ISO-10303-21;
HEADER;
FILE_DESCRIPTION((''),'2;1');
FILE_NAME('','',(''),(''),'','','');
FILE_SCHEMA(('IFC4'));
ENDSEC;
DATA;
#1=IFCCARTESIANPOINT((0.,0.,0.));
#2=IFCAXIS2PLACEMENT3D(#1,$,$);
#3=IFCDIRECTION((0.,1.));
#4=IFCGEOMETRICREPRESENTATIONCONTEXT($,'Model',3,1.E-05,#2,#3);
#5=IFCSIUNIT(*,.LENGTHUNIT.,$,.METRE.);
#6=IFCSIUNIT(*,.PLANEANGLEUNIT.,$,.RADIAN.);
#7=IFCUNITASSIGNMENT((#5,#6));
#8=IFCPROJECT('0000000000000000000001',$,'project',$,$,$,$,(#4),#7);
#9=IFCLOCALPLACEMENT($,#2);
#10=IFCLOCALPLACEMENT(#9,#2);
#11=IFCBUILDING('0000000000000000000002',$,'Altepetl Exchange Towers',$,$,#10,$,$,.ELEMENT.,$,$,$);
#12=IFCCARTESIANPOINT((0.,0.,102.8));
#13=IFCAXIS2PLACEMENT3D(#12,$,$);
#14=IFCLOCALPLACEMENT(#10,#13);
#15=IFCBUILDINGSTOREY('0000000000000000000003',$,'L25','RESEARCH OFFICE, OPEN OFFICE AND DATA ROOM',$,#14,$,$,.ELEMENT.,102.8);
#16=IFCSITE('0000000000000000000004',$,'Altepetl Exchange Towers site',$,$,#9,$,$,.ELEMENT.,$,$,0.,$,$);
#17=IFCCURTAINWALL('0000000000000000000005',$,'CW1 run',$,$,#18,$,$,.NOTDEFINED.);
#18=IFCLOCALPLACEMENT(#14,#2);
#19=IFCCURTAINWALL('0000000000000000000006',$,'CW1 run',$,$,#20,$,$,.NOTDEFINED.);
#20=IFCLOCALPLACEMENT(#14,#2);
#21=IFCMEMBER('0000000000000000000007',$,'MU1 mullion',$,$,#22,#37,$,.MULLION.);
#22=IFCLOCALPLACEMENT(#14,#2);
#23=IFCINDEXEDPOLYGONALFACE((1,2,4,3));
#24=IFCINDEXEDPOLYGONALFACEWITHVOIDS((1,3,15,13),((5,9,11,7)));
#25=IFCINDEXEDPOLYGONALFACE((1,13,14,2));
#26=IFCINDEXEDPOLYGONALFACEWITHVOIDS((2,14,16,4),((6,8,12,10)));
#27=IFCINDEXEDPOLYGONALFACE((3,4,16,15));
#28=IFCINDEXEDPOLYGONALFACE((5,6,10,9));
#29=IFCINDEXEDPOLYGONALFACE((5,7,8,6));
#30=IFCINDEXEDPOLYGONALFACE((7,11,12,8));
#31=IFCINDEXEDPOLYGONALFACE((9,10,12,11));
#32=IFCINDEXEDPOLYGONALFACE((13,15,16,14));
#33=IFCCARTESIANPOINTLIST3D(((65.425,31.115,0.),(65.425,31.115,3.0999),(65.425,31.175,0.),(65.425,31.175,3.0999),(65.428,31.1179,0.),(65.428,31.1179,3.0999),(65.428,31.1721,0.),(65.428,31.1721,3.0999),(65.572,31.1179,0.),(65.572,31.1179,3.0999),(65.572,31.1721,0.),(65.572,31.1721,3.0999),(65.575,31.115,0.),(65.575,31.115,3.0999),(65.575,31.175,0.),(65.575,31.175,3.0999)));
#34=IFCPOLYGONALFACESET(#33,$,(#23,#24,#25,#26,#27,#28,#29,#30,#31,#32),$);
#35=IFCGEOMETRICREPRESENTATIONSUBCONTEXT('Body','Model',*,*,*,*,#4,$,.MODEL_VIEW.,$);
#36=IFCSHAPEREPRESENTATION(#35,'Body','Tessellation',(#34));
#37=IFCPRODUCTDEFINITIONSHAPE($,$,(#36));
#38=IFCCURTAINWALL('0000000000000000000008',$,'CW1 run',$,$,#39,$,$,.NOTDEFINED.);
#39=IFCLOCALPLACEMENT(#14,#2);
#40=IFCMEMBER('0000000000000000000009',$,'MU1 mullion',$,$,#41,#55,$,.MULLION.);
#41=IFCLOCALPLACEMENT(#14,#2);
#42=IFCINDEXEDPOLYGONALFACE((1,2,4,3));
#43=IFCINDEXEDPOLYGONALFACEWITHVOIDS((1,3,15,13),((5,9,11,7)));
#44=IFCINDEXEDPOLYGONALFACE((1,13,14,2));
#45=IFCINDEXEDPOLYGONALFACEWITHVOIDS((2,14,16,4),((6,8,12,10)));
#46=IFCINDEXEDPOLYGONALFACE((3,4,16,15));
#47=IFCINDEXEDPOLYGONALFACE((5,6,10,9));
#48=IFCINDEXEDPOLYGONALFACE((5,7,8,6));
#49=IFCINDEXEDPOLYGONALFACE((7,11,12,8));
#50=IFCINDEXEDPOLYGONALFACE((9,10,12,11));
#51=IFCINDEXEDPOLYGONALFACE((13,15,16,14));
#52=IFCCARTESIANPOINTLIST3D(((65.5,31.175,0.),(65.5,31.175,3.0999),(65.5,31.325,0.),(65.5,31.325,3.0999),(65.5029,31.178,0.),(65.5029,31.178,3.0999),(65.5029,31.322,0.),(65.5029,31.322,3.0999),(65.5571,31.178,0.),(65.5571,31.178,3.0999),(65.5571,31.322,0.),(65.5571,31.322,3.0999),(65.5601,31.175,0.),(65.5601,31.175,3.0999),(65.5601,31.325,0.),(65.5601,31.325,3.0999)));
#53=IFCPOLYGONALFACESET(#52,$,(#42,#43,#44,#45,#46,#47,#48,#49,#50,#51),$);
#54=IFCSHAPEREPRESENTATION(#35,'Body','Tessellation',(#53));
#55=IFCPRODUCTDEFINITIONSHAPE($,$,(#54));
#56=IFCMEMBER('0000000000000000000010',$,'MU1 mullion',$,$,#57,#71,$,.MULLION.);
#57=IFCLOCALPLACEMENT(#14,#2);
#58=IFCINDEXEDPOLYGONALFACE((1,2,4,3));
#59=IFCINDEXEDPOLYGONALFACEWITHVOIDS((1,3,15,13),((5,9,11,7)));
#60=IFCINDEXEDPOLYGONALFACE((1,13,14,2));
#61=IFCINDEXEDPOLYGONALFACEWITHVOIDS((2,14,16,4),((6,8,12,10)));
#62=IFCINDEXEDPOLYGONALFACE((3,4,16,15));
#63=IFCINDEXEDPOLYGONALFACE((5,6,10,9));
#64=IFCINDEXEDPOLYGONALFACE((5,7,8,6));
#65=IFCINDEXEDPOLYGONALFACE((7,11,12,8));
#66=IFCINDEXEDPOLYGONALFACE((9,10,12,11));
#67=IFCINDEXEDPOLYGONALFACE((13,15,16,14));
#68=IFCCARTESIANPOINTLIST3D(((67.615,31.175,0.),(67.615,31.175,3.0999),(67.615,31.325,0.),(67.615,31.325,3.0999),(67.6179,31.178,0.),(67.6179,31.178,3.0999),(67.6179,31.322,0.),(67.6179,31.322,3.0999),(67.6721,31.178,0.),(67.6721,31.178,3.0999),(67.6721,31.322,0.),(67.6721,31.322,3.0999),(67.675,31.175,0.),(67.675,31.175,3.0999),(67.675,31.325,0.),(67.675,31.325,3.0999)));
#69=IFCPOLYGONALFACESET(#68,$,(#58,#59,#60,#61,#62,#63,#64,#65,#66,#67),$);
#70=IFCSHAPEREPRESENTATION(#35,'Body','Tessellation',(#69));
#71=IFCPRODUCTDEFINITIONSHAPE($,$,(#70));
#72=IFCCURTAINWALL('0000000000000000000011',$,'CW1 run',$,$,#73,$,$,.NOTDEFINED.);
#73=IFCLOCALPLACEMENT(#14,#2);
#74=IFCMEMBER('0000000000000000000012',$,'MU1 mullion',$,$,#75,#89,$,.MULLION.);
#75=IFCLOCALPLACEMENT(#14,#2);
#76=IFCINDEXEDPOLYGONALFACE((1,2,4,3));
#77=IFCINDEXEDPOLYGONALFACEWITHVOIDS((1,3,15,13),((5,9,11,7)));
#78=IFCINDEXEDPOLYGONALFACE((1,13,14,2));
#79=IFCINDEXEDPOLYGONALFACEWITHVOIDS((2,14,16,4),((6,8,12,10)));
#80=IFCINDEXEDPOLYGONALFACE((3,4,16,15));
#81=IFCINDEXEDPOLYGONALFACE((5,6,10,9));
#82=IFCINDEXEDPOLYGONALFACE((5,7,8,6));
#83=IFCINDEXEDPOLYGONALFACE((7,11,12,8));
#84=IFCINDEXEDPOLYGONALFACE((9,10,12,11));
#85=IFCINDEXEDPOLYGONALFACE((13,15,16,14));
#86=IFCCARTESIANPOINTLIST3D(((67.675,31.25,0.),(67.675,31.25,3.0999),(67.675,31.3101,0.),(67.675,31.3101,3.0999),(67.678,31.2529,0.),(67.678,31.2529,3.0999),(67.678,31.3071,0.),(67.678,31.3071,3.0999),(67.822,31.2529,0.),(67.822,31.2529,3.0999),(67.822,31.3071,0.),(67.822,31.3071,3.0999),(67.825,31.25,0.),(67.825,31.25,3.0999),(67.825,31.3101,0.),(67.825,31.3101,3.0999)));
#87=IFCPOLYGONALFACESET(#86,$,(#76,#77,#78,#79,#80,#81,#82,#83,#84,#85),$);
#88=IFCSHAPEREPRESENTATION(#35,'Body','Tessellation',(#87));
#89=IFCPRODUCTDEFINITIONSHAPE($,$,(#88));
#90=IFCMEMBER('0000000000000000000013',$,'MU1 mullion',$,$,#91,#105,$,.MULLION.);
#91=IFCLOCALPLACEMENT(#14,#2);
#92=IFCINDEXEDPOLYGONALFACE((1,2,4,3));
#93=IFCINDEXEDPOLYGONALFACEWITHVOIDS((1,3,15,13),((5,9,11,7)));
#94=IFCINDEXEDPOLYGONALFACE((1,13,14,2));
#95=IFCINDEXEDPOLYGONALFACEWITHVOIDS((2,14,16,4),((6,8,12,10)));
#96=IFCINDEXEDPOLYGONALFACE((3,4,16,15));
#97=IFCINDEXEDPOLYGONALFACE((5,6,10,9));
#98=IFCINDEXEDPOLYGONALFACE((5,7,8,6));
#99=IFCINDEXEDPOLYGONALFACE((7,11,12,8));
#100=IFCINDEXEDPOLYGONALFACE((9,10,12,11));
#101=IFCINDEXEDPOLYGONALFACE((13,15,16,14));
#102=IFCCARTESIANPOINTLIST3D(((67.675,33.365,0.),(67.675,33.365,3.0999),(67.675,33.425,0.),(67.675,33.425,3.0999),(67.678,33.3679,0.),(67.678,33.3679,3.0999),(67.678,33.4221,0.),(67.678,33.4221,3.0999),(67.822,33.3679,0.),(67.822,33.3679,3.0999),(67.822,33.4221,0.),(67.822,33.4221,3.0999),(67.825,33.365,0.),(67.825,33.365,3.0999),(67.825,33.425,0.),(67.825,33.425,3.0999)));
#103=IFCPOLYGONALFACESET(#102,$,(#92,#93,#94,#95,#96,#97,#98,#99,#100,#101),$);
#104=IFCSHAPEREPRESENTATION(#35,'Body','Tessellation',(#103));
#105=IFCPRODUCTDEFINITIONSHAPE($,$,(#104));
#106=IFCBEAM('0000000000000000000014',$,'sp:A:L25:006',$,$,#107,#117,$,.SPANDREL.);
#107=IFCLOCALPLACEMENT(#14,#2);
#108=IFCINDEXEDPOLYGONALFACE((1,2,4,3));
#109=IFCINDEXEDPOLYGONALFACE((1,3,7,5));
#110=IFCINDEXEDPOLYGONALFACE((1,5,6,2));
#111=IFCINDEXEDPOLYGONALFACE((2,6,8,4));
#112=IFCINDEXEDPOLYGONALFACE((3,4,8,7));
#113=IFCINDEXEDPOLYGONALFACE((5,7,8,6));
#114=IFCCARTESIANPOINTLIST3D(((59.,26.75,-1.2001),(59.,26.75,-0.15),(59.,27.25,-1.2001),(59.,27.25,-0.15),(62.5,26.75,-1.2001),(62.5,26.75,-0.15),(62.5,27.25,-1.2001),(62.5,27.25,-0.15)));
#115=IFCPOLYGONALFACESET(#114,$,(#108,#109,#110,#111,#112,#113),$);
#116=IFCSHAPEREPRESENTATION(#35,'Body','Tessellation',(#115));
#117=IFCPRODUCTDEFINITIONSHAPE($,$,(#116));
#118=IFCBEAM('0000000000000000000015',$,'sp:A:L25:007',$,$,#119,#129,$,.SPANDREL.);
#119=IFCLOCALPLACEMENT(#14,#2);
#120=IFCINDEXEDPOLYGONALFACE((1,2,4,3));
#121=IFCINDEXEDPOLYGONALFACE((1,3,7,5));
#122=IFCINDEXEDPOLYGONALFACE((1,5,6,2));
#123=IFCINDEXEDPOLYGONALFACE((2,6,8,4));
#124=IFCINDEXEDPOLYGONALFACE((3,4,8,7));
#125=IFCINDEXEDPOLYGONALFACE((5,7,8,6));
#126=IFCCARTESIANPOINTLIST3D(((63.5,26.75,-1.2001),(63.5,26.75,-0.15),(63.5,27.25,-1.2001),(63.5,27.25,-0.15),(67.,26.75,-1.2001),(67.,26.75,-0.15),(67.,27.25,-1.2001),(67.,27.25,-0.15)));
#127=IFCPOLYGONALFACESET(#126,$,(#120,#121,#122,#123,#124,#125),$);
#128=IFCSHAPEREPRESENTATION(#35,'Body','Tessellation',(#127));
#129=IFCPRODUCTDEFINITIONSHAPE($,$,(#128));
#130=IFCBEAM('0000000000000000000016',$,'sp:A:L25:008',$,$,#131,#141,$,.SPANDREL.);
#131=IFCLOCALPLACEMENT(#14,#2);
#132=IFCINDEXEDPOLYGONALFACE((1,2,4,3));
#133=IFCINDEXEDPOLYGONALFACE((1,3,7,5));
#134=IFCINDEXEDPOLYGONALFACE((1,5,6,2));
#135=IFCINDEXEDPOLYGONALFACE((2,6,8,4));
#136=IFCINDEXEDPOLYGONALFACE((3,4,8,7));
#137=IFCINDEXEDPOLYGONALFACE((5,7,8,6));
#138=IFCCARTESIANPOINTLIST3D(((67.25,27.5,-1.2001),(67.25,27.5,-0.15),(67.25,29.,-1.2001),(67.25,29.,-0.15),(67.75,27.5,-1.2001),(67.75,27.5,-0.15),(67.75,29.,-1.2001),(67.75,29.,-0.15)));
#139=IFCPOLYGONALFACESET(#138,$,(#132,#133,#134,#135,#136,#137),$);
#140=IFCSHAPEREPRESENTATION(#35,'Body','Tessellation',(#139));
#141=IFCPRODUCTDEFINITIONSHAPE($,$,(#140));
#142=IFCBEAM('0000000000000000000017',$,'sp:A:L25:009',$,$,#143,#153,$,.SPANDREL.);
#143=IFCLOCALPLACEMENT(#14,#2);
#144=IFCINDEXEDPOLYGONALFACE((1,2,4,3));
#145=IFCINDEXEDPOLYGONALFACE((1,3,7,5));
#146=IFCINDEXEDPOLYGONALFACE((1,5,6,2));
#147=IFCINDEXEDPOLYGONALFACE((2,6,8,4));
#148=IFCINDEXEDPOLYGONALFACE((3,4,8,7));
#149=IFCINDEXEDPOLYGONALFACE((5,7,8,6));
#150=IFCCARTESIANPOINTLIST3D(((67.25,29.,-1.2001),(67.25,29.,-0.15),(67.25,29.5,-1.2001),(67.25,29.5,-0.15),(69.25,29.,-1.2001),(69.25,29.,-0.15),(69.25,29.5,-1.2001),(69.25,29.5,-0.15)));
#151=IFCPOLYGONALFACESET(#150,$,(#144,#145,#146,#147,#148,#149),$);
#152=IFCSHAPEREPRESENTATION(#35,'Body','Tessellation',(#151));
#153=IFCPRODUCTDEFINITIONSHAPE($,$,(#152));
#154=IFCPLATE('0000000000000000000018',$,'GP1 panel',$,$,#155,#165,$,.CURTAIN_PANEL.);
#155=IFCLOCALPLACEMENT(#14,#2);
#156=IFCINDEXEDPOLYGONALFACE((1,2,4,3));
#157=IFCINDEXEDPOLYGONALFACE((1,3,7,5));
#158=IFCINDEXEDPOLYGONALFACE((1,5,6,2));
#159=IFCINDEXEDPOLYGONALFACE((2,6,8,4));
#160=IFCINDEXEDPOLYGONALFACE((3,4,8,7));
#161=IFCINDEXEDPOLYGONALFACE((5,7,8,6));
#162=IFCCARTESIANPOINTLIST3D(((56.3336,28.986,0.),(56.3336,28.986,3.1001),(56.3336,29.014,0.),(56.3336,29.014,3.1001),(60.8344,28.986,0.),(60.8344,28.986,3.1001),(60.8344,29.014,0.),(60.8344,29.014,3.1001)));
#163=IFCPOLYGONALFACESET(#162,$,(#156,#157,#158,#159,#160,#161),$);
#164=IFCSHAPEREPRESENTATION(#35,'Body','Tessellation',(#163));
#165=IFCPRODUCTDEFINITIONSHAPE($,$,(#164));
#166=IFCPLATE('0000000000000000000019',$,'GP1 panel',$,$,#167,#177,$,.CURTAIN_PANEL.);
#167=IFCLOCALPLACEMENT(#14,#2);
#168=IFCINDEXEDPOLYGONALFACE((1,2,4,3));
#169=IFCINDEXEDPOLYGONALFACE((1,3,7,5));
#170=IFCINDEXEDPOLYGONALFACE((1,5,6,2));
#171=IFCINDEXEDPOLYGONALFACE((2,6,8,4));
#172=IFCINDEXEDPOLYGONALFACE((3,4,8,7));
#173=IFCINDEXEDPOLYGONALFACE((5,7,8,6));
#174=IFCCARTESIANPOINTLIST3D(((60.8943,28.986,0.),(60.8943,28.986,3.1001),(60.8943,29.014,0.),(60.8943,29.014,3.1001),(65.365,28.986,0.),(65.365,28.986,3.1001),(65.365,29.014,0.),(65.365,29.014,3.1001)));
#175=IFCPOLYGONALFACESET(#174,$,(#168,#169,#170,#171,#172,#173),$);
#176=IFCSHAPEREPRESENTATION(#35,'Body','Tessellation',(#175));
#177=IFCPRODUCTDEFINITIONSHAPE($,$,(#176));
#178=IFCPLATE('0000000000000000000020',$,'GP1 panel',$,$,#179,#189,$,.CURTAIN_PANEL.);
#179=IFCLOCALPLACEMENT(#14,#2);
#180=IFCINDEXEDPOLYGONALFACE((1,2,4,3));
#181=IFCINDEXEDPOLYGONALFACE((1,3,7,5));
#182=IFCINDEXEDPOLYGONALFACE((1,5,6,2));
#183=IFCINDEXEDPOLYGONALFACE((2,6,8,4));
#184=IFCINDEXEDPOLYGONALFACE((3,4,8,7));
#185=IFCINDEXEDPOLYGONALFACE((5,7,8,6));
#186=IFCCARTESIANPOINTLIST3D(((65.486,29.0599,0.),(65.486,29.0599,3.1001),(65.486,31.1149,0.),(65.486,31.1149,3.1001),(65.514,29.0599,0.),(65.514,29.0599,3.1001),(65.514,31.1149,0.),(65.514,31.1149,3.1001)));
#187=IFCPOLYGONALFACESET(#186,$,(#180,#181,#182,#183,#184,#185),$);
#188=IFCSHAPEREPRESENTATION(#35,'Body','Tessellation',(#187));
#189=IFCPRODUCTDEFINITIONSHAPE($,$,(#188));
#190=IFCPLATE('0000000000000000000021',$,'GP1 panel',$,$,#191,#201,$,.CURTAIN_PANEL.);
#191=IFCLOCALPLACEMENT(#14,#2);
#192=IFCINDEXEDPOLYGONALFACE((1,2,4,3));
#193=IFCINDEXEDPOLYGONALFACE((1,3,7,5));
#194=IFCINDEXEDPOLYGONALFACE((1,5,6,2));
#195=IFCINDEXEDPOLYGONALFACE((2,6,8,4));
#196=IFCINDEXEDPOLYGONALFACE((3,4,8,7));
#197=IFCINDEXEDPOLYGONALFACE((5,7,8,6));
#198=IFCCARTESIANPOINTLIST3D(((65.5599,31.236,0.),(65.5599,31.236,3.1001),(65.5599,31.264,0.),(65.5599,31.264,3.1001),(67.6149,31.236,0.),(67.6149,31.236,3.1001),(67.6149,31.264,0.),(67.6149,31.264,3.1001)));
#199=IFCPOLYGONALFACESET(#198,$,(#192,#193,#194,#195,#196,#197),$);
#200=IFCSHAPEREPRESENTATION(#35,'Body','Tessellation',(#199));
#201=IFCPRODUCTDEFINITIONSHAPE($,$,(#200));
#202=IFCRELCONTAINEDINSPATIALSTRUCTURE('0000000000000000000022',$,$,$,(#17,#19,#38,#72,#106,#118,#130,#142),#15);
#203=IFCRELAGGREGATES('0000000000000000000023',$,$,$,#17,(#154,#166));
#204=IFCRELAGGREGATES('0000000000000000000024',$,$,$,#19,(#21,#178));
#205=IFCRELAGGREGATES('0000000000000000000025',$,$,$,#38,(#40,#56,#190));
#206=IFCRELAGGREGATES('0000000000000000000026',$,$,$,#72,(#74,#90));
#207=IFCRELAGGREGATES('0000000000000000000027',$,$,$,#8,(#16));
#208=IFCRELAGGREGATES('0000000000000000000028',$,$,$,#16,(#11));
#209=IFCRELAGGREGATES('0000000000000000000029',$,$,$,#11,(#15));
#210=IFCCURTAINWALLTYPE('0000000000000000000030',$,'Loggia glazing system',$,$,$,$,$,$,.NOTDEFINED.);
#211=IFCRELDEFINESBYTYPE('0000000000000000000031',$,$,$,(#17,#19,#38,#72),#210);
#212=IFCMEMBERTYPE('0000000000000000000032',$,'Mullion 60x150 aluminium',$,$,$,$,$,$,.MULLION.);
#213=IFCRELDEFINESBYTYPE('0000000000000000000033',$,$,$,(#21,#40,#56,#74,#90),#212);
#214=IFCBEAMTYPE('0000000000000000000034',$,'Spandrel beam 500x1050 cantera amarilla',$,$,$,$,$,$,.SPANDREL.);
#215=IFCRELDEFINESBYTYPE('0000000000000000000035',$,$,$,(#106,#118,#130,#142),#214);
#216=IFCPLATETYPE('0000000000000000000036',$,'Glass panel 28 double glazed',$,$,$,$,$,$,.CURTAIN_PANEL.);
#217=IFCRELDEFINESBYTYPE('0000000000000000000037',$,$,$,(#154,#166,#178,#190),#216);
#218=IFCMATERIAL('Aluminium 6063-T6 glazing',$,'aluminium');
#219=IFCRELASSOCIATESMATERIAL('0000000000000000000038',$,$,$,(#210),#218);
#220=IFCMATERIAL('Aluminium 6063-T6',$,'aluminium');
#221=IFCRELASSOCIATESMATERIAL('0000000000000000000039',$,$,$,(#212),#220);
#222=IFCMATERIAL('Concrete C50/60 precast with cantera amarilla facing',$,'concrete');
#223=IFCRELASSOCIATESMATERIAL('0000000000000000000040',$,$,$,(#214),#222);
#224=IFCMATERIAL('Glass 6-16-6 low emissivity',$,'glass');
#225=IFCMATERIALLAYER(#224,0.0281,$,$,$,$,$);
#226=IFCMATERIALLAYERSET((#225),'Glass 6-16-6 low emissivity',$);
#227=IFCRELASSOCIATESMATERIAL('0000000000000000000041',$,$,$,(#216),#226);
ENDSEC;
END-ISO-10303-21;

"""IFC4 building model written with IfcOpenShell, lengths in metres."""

from ifc_helpers import new_model, si_unit, direction, frame, origin, origin_2d, place, context, subcontext, project, spatial, rectangle, hollow_rectangle, extrude, material, layer, layer_set, material_profile, profile_set, type_object, element, aggregate, save


model = new_model("IFC4")

# Units and contexts
model_context = context("Model", 3, precision=1e-05, world=origin(), true_north=direction((0.0, 1.0)))
body_context = subcontext(model_context, "Body", "Model", "MODEL_VIEW")
ifc_project = project(units=[si_unit("LENGTHUNIT", "METRE"), si_unit("PLANEANGLEUNIT", "RADIAN")], contexts=[model_context])

# Site, building, storey
site_placement = place(None, origin())
site = spatial("IfcSite", under=ifc_project, at=site_placement, Name="Altepetl Exchange Towers site", CompositionType="ELEMENT", RefElevation=0.0)
building_placement = place(site_placement, origin())
building = spatial("IfcBuilding", under=site, at=building_placement, Name="Altepetl Exchange Towers", CompositionType="ELEMENT")
storey_placement = place(building_placement, frame((0.0, 0.0, 102.8)))
storey = spatial("IfcBuildingStorey", under=building, at=storey_placement, Name="L25", Description="RESEARCH OFFICE, OPEN OFFICE AND DATA ROOM", CompositionType="ELEMENT", Elevation=102.8)

# Curtain walls, members
ifc_material_1 = material(Name="Aluminium 6063-T6 glazing", Category="aluminium")
curtain_wall_type = type_object("IfcCurtainWallType", Name="Loggia glazing system", PredefinedType="NOTDEFINED", material=ifc_material_1)
curtain_wall_1_placement = place(storey_placement, origin())
curtain_wall_1 = element("IfcCurtainWall", 1, at=curtain_wall_1_placement, inside=storey, type_object=curtain_wall_type, Name="CW1 run", PredefinedType="NOTDEFINED")
ifc_material_2 = material(Name="Aluminium 6063-T6", Category="aluminium")
ifc_material_profile_1 = material_profile(ifc_material_2, hollow_rectangle(XDim=0.0601, YDim=0.1499, WallThickness=0.0029, at=origin_2d()), Name="Mullion 60x150 aluminium")
ifc_profile_set_1 = profile_set([ifc_material_profile_1], Name="Aluminium 6063-T6")
member_type = type_object("IfcMemberType", Name="Mullion 60x150 aluminium", PredefinedType="MULLION", material=ifc_profile_set_1)
curtain_wall_2_placement = place(storey_placement, origin())
curtain_wall_2 = element("IfcCurtainWall", 2, at=curtain_wall_2_placement, inside=storey, type_object=curtain_wall_type, Name="CW1 run", PredefinedType="NOTDEFINED")
member_1_placement = place(storey_placement, frame((65.5, 31.145, 0.0), z_axis=(0.0, 0.0, 1.0), x_axis=(0.0, 1.0, 0.0)))
member_1 = element("IfcMember", 3, at=member_1_placement, type_object=member_type, Name="MU1 mullion", PredefinedType="MULLION", context=body_context, shape_type="SweptSolid", body=[
    extrude(hollow_rectangle(XDim=0.0601, YDim=0.1499, WallThickness=0.0029, at=origin_2d()), origin(), (0.0, 0.0, 1.0), 3.0999),
])
curtain_wall_3_placement = place(storey_placement, origin())
curtain_wall_3 = element("IfcCurtainWall", 4, at=curtain_wall_3_placement, inside=storey, type_object=curtain_wall_type, Name="CW1 run", PredefinedType="NOTDEFINED")
member_2_placement = place(storey_placement, frame((65.53, 31.25, 0.0)))
member_2 = element("IfcMember", 5, at=member_2_placement, type_object=member_type, Name="MU1 mullion", PredefinedType="MULLION", context=body_context, shape_type="SweptSolid", body=[
    extrude(hollow_rectangle(XDim=0.0601, YDim=0.1499, WallThickness=0.0029, at=origin_2d()), origin(), (0.0, 0.0, 1.0), 3.0999),
])
member_3_placement = place(storey_placement, frame((67.645, 31.25, 0.0)))
member_3 = element("IfcMember", 6, at=member_3_placement, type_object=member_type, Name="MU1 mullion", PredefinedType="MULLION", context=body_context, shape_type="SweptSolid", body=[
    extrude(hollow_rectangle(XDim=0.0601, YDim=0.1499, WallThickness=0.0029, at=origin_2d()), origin(), (0.0, 0.0, 1.0), 3.0999),
])
curtain_wall_4_placement = place(storey_placement, origin())
curtain_wall_4 = element("IfcCurtainWall", 7, at=curtain_wall_4_placement, inside=storey, type_object=curtain_wall_type, Name="CW1 run", PredefinedType="NOTDEFINED")
member_4_placement = place(storey_placement, frame((67.75, 31.28, 0.0), z_axis=(0.0, 0.0, 1.0), x_axis=(0.0, 1.0, 0.0)))
member_4 = element("IfcMember", 8, at=member_4_placement, type_object=member_type, Name="MU1 mullion", PredefinedType="MULLION", context=body_context, shape_type="SweptSolid", body=[
    extrude(hollow_rectangle(XDim=0.0601, YDim=0.1499, WallThickness=0.0029, at=origin_2d()), origin(), (0.0, 0.0, 1.0), 3.0999),
])
member_5_placement = place(storey_placement, frame((67.75, 33.395, 0.0), z_axis=(0.0, 0.0, 1.0), x_axis=(0.0, 1.0, 0.0)))
member_5 = element("IfcMember", 9, at=member_5_placement, type_object=member_type, Name="MU1 mullion", PredefinedType="MULLION", context=body_context, shape_type="SweptSolid", body=[
    extrude(hollow_rectangle(XDim=0.0601, YDim=0.1499, WallThickness=0.0029, at=origin_2d()), origin(), (0.0, 0.0, 1.0), 3.0999),
])

# Beams
ifc_material_3 = material(Name="Concrete C50/60 precast with cantera amarilla facing", Category="concrete")
ifc_material_profile_2 = material_profile(ifc_material_3, rectangle(XDim=0.5, YDim=1.05, at=origin_2d()), Name="500 x 1050")
ifc_profile_set_2 = profile_set([ifc_material_profile_2], Name="Concrete C50/60 precast with cantera amarilla facing")
beam_type_1 = type_object("IfcBeamType", Name="Spandrel beam 500x1050 cantera amarilla", PredefinedType="SPANDREL", material=ifc_profile_set_2)
for number, where, z_axis, x_axis, name in (
    (10, (59.0, 27.0, -0.675), (1.0, 0.0, 0.0), (0.0, 1.0, 0.0), "sp:A:L25:006"),
    (11, (63.5, 27.0, -0.675), (1.0, 0.0, 0.0), (0.0, 1.0, 0.0), "sp:A:L25:007"),
):
    element("IfcBeam", number, at=place(storey_placement, frame(where, z_axis=z_axis, x_axis=x_axis)), inside=storey, type_object=beam_type_1, Name=name, PredefinedType="SPANDREL", context=body_context, shape_type="SweptSolid", body=[
        extrude(rectangle(XDim=0.5, YDim=1.05, at=origin_2d()), origin(), (0.0, 0.0, 1.0), 3.5),
    ])
beam_1_placement = place(storey_placement, frame((67.5, 27.5, -0.675), z_axis=(0.0, 1.0, 0.0), x_axis=(-1.0, 0.0, 0.0)))
element("IfcBeam", 12, at=beam_1_placement, inside=storey, type_object=beam_type_1, Name="sp:A:L25:008", PredefinedType="SPANDREL", context=body_context, shape_type="SweptSolid", body=[
    extrude(rectangle(XDim=0.5, YDim=1.05, at=origin_2d()), origin(), (0.0, 0.0, 1.0), 1.5),
])
beam_2_placement = place(storey_placement, frame((67.25, 29.25, -0.675), z_axis=(1.0, 0.0, 0.0), x_axis=(0.0, 1.0, 0.0)))
element("IfcBeam", 13, at=beam_2_placement, inside=storey, type_object=beam_type_1, Name="sp:A:L25:009", PredefinedType="SPANDREL", context=body_context, shape_type="SweptSolid", body=[
    extrude(rectangle(XDim=0.5, YDim=1.05, at=origin_2d()), origin(), (0.0, 0.0, 1.0), 2.0),
])

# Plates
ifc_material_4 = material(Name="Glass 6-16-6 low emissivity", Category="glass")
ifc_layer_1 = layer(ifc_material_4, 0.0281)
ifc_layer_set_1 = layer_set([ifc_layer_1], Name="Glass 6-16-6 low emissivity")
plate_type = type_object("IfcPlateType", Name="Glass panel 28 double glazed", PredefinedType="CURTAIN_PANEL", material=ifc_layer_set_1)
plate_1_placement = place(storey_placement, frame((58.584, 29.0, 0.0)))
plate_1 = element("IfcPlate", 14, at=plate_1_placement, type_object=plate_type, Name="GP1 panel", PredefinedType="CURTAIN_PANEL", context=body_context, shape_type="SweptSolid", body=[
    extrude(rectangle(XDim=4.5007, YDim=0.0281, at=origin_2d()), origin(), (0.0, 0.0, 1.0), 3.1001),
])
plate_2_placement = place(storey_placement, frame((63.1296, 29.0, 0.0)))
plate_2 = element("IfcPlate", 15, at=plate_2_placement, type_object=plate_type, Name="GP1 panel", PredefinedType="CURTAIN_PANEL", context=body_context, shape_type="SweptSolid", body=[
    extrude(rectangle(XDim=4.4707, YDim=0.0281, at=origin_2d()), origin(), (0.0, 0.0, 1.0), 3.1001),
])
aggregate(curtain_wall_1, [plate_1, plate_2])
plate_3_placement = place(storey_placement, frame((65.5, 30.0874, 0.0), z_axis=(0.0, 0.0, 1.0), x_axis=(0.0, 1.0, 0.0)))
plate_3 = element("IfcPlate", 16, at=plate_3_placement, type_object=plate_type, Name="GP1 panel", PredefinedType="CURTAIN_PANEL", context=body_context, shape_type="SweptSolid", body=[
    extrude(rectangle(XDim=2.0549, YDim=0.0281, at=origin_2d()), origin(), (0.0, 0.0, 1.0), 3.1001),
])
aggregate(curtain_wall_2, [member_1, plate_3])
plate_4_placement = place(storey_placement, frame((66.5874, 31.25, 0.0)))
plate_4 = element("IfcPlate", 17, at=plate_4_placement, type_object=plate_type, Name="GP1 panel", PredefinedType="CURTAIN_PANEL", context=body_context, shape_type="SweptSolid", body=[
    extrude(rectangle(XDim=2.0549, YDim=0.0281, at=origin_2d()), origin(), (0.0, 0.0, 1.0), 3.1001),
])
aggregate(curtain_wall_3, [member_2, member_3, plate_4])
aggregate(curtain_wall_4, [member_4, member_5])

save(model, "model.ifc")
